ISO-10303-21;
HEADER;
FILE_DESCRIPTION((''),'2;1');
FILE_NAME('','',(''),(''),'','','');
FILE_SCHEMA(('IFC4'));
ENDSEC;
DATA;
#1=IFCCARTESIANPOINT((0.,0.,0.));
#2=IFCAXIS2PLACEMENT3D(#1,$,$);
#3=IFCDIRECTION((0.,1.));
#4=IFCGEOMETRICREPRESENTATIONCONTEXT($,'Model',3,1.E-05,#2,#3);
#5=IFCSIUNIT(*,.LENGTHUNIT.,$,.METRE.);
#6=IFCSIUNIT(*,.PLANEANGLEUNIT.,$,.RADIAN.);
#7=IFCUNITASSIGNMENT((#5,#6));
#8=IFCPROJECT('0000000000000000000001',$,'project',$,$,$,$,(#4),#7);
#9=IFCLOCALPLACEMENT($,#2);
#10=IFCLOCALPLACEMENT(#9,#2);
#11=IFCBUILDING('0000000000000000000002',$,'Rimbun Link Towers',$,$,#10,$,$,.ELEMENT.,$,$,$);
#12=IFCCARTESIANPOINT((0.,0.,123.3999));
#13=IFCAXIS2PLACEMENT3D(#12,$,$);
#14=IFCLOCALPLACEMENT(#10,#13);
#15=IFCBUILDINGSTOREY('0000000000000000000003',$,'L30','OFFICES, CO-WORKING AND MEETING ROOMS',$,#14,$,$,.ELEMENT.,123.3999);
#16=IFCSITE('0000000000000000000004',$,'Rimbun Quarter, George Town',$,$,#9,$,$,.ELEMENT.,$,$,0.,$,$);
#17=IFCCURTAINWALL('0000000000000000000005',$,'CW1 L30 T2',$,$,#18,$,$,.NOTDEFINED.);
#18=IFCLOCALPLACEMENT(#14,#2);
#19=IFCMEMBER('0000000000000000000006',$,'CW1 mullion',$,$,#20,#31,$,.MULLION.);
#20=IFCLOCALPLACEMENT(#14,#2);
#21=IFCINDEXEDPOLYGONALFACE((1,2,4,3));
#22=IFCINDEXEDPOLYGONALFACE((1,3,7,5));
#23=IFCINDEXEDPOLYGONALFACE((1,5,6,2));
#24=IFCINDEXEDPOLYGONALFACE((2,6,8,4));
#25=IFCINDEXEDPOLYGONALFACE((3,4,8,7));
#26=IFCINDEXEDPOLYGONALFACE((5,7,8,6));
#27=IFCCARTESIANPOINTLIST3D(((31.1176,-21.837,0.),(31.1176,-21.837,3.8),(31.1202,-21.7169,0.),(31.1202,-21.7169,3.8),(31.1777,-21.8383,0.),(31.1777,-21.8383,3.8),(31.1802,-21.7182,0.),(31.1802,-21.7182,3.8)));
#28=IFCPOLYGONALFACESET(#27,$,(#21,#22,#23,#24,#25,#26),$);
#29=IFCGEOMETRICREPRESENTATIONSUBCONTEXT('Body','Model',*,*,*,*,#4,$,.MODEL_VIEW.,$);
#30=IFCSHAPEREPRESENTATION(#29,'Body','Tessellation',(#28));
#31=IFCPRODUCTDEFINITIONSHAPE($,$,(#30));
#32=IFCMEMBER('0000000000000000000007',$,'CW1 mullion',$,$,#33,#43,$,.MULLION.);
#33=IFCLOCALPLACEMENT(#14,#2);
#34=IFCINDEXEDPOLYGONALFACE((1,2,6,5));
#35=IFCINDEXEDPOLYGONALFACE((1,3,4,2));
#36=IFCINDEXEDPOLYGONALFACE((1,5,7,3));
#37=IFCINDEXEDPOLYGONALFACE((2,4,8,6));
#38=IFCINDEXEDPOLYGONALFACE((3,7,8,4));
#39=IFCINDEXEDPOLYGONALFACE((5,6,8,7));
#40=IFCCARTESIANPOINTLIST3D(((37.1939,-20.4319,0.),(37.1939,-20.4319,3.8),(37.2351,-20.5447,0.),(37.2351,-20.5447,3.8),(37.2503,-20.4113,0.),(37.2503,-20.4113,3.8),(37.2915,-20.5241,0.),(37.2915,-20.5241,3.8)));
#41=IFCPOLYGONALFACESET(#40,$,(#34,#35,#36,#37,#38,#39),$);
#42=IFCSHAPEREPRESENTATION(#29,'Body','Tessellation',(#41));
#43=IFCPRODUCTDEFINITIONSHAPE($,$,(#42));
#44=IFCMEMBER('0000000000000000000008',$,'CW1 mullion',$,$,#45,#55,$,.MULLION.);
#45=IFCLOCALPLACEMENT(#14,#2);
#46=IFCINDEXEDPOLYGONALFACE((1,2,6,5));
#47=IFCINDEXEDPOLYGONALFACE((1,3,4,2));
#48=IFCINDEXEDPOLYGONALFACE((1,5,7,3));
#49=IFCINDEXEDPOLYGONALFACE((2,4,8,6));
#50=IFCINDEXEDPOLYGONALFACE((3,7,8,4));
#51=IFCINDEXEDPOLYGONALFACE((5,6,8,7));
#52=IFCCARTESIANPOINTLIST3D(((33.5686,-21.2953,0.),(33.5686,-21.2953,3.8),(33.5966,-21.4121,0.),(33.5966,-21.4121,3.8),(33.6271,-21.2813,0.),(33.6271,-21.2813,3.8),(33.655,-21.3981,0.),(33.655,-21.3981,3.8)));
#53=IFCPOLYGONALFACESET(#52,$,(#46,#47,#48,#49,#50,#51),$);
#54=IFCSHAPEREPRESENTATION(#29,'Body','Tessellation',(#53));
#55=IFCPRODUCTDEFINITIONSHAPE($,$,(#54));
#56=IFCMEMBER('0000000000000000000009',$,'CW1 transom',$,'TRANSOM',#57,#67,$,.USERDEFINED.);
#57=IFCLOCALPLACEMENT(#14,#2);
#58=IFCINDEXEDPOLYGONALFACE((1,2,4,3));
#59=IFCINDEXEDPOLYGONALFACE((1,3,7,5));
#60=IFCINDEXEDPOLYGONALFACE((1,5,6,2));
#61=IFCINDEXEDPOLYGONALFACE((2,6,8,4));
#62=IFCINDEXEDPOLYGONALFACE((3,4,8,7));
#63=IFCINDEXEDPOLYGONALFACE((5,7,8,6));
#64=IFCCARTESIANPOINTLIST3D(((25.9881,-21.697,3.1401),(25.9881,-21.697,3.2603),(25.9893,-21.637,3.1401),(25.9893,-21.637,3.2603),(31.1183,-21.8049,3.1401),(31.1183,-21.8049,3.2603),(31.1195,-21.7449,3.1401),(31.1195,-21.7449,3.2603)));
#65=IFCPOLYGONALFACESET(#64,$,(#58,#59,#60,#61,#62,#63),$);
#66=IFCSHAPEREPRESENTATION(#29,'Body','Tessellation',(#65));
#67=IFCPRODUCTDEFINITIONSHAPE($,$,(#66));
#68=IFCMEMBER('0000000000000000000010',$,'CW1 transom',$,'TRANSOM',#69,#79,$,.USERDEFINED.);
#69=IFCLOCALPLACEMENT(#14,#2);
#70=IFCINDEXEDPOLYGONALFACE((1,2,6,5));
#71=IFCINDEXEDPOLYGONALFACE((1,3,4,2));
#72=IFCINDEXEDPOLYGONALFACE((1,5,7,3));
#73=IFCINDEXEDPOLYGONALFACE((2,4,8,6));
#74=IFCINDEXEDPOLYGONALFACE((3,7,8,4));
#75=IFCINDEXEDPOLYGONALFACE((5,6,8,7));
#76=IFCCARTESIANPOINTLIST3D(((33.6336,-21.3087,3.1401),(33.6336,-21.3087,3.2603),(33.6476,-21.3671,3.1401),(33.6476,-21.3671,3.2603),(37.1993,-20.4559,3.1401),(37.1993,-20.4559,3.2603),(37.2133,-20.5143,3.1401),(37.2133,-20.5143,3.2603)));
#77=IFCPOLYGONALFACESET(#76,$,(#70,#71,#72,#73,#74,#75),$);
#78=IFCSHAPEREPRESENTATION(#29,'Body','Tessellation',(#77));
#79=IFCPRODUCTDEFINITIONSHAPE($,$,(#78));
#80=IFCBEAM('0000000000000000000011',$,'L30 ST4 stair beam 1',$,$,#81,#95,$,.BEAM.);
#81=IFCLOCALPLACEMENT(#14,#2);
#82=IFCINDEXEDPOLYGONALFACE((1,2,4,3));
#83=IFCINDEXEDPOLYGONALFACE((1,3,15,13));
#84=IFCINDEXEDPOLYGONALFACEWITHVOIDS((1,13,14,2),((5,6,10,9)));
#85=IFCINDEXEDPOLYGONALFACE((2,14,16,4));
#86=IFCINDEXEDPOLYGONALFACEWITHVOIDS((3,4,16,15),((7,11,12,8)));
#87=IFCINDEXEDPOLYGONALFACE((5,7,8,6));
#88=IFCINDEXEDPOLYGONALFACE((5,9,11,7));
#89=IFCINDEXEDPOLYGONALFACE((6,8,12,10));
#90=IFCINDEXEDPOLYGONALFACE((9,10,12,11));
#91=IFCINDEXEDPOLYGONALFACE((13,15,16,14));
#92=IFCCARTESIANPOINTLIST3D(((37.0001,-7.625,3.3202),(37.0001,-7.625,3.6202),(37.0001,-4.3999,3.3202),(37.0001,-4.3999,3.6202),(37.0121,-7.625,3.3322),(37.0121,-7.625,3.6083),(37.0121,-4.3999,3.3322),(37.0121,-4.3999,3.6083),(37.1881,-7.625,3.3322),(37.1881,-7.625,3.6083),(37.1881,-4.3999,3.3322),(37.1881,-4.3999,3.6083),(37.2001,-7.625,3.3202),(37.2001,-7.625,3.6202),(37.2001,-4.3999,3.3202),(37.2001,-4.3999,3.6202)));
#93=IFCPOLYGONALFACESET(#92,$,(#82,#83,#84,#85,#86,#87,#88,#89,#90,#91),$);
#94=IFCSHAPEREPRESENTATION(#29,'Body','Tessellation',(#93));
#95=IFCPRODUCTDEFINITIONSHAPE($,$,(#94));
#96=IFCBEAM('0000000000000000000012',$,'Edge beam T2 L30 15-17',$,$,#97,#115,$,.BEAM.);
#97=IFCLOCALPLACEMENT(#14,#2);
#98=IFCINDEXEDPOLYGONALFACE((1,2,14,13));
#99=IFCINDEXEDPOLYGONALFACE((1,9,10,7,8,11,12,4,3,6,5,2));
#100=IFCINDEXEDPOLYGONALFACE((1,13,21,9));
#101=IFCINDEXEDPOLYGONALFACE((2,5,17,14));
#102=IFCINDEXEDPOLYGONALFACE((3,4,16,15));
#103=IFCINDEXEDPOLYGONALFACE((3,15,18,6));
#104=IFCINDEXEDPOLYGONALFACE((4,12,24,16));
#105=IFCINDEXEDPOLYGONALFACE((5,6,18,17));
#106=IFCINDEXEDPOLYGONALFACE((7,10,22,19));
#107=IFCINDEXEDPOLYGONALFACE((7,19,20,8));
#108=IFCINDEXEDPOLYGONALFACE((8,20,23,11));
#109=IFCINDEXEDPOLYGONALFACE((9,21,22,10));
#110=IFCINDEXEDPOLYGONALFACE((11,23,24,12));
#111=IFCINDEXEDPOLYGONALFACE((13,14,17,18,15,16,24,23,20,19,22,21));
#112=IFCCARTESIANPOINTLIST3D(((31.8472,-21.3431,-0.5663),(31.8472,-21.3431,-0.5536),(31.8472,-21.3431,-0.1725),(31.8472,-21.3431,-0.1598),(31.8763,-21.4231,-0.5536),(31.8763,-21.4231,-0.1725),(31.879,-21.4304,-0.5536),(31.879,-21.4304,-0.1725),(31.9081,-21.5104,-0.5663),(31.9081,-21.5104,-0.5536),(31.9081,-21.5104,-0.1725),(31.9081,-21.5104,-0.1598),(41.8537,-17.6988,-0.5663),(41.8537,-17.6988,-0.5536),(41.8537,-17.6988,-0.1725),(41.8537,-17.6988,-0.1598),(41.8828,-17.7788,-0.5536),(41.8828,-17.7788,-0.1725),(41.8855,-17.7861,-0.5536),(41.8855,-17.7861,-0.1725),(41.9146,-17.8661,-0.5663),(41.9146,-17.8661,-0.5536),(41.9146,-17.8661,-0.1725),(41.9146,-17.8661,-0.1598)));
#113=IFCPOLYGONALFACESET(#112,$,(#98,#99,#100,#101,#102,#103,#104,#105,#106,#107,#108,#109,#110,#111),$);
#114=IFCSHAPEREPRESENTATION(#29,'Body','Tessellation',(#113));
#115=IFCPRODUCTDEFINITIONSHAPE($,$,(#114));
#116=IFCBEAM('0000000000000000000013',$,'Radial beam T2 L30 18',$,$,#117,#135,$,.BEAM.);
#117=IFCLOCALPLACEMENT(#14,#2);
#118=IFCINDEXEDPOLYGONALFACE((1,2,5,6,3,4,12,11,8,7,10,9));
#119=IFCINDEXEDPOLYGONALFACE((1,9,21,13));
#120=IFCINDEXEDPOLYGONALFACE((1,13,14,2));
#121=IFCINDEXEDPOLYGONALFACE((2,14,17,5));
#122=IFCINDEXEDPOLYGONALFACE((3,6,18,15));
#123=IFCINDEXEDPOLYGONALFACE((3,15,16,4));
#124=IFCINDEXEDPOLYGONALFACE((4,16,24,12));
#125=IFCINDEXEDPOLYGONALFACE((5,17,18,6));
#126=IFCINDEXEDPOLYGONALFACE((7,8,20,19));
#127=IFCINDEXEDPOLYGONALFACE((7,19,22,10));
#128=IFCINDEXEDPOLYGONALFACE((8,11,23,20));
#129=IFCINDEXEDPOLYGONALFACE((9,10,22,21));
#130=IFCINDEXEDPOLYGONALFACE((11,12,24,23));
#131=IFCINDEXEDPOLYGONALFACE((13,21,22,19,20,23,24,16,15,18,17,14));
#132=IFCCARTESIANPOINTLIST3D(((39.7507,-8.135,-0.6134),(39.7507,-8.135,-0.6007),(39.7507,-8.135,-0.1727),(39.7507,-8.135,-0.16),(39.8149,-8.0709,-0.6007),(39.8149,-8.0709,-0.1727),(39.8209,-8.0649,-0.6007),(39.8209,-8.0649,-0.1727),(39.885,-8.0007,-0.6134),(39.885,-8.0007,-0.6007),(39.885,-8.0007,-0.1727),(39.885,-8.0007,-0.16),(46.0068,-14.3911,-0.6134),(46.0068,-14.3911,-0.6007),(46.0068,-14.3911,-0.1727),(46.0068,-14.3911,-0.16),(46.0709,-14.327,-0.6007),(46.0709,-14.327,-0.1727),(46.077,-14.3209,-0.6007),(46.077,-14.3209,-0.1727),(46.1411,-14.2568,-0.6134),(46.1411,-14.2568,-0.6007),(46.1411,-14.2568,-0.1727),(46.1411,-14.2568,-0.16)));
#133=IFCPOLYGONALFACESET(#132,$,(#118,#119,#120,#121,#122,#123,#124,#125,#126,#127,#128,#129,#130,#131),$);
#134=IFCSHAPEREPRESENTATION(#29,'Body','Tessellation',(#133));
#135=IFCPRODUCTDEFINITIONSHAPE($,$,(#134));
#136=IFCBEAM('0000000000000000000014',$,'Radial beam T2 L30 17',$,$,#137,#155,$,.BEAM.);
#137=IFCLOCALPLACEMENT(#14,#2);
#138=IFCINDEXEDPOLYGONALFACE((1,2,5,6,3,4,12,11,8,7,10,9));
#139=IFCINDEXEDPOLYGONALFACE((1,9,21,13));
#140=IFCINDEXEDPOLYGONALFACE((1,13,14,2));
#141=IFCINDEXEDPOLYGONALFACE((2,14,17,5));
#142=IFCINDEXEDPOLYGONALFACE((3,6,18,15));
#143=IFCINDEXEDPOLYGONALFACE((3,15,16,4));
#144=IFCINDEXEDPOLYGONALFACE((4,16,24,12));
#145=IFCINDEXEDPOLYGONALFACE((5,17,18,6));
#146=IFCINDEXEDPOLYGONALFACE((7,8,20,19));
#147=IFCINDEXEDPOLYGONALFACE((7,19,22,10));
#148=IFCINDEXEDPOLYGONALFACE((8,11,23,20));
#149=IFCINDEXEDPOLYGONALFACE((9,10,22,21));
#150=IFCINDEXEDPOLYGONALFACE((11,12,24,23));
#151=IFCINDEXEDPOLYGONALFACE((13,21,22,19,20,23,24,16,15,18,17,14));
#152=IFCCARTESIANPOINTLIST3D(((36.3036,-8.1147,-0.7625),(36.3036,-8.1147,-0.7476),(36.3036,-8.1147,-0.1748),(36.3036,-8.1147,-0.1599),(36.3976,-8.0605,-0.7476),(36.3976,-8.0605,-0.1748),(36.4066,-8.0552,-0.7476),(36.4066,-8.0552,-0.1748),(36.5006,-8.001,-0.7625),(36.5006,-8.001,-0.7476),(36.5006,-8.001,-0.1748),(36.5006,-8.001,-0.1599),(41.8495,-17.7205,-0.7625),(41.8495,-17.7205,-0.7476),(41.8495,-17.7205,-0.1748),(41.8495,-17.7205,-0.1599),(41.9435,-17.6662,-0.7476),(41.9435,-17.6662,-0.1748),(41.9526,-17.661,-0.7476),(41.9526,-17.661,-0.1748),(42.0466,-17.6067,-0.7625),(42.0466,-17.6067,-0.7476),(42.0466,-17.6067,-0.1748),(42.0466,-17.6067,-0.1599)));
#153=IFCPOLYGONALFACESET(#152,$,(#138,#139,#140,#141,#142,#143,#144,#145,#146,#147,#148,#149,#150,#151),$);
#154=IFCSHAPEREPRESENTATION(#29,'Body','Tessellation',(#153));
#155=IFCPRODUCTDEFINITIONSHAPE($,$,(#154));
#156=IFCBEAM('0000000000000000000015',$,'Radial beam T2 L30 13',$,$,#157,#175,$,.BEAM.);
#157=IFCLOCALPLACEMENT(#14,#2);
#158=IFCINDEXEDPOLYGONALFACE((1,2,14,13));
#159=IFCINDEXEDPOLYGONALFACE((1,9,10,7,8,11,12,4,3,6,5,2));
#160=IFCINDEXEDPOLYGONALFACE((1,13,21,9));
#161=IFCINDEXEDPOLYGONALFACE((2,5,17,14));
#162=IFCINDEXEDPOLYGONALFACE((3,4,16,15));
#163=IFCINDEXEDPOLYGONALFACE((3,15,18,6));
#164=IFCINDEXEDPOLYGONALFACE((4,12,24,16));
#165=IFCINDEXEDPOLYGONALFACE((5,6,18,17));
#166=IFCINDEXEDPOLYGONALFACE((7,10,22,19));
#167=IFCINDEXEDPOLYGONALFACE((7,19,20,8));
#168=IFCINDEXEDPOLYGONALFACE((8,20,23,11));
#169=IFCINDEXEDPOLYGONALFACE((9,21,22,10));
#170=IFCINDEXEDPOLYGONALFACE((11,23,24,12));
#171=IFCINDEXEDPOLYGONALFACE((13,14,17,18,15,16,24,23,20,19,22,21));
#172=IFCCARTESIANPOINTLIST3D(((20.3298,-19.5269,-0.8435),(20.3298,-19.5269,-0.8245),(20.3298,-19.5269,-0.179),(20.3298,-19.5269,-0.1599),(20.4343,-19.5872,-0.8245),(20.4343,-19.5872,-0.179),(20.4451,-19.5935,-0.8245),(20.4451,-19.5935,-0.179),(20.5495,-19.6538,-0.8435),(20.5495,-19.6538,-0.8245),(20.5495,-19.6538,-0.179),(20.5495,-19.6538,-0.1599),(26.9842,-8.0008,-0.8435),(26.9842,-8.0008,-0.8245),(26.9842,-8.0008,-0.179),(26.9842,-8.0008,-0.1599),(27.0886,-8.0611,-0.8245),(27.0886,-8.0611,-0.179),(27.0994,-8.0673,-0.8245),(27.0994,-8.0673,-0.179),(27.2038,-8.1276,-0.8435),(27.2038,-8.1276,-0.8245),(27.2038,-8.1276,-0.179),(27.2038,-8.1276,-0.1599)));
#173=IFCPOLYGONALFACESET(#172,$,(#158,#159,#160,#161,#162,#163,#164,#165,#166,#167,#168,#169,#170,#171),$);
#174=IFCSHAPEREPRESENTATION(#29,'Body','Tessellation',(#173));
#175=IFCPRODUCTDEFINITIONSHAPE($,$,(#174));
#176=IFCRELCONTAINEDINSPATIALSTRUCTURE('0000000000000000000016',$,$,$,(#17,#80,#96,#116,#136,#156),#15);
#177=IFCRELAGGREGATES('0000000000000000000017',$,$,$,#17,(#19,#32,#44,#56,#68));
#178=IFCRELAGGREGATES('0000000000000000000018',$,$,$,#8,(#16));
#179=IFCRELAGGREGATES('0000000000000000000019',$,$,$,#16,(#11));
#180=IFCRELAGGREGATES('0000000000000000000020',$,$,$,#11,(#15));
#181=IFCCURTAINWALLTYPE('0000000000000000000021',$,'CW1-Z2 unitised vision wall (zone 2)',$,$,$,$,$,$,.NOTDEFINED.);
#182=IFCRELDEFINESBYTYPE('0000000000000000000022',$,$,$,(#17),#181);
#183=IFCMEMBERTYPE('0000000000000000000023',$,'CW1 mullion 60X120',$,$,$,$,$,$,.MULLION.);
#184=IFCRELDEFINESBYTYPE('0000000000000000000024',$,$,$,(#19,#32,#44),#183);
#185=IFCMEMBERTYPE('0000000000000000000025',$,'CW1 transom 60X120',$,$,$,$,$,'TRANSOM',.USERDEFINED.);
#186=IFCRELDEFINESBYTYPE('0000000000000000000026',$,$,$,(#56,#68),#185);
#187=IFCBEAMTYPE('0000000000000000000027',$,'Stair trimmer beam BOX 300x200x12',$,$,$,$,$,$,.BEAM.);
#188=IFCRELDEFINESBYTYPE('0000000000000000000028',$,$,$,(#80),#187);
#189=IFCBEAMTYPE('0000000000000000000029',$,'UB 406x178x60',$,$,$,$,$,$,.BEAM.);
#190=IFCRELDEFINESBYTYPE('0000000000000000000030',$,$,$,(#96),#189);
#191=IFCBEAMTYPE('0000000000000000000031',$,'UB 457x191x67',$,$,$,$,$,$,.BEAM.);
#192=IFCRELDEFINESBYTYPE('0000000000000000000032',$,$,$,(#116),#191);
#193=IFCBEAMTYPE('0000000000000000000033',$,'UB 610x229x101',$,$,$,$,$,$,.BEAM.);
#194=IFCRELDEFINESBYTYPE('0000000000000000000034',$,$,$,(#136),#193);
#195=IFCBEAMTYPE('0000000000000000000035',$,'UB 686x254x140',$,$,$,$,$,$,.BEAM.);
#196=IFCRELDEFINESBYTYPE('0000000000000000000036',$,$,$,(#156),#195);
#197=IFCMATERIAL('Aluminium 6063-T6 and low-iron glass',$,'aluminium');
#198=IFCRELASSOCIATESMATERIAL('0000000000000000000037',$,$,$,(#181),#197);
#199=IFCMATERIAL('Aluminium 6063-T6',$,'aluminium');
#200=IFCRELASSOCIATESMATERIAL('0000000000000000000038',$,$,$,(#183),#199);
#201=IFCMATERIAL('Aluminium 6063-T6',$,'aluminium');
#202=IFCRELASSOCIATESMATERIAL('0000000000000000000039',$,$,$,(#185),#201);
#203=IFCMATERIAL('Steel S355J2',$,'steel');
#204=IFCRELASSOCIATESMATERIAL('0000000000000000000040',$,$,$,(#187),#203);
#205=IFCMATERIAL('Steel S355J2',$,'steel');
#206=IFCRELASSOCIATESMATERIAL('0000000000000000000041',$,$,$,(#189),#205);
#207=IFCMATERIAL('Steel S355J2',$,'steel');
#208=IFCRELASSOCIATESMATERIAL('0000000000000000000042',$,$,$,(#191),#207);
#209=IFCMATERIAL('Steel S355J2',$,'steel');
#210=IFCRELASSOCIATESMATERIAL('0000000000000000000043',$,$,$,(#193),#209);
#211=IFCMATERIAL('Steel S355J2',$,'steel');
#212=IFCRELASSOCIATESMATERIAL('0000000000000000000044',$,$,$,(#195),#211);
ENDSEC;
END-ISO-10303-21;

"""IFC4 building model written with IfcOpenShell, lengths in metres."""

from ifc_helpers import new_model, si_unit, direction, frame, origin, origin_2d, place, context, subcontext, project, spatial, rectangle, hollow_rectangle, i_section, extrude, material, material_profile, profile_set, type_object, element, aggregate, save


model = new_model("IFC4")

# Units and contexts
model_context = context("Model", 3, precision=1e-05, world=origin(), true_north=direction((0.0, 1.0)))
body_context = subcontext(model_context, "Body", "Model", "MODEL_VIEW")
ifc_project = project(units=[si_unit("LENGTHUNIT", "METRE"), si_unit("PLANEANGLEUNIT", "RADIAN")], contexts=[model_context])

# Site, building, storey
site_placement = place(None, origin())
site = spatial("IfcSite", under=ifc_project, at=site_placement, Name="Rimbun Quarter, George Town", CompositionType="ELEMENT", RefElevation=0.0)
building_placement = place(site_placement, origin())
building = spatial("IfcBuilding", under=site, at=building_placement, Name="Rimbun Link Towers", CompositionType="ELEMENT")
storey_placement = place(building_placement, frame((0.0, 0.0, 123.3999)))
storey = spatial("IfcBuildingStorey", under=building, at=storey_placement, Name="L30", Description="OFFICES, CO-WORKING AND MEETING ROOMS", CompositionType="ELEMENT", Elevation=123.3999)

# Curtain wall, members
ifc_material_1 = material(Name="Aluminium 6063-T6 and low-iron glass", Category="aluminium")
curtain_wall_type = type_object("IfcCurtainWallType", Name="CW1-Z2 unitised vision wall (zone 2)", PredefinedType="NOTDEFINED", material=ifc_material_1)
curtain_wall_placement = place(storey_placement, origin())
curtain_wall = element("IfcCurtainWall", 1, at=curtain_wall_placement, inside=storey, type_object=curtain_wall_type, Name="CW1 L30 T2", PredefinedType="NOTDEFINED")
ifc_material_2 = material(Name="Aluminium 6063-T6", Category="aluminium")
ifc_material_profile_1 = material_profile(ifc_material_2, rectangle(XDim=0.1201, YDim=0.0601, at=origin_2d()), Name="MULLION 60X120")
ifc_profile_set_1 = profile_set([ifc_material_profile_1], Name="Aluminium 6063-T6")
member_type_1 = type_object("IfcMemberType", Name="CW1 mullion 60X120", PredefinedType="MULLION", material=ifc_profile_set_1)
member_1_placement = place(storey_placement, frame((31.1489, -21.7776, 0.0), z_axis=(0.0, 0.0, 1.0), x_axis=(-0.021066, -0.999778, 0.0)))
member_1 = element("IfcMember", 2, at=member_1_placement, type_object=member_type_1, Name="CW1 mullion", PredefinedType="MULLION", context=body_context, shape_type="SweptSolid", body=[
    extrude(rectangle(XDim=0.1201, YDim=0.0601, at=origin_2d()), origin(), (0.0, 0.0, 1.0), 3.8),
])
member_2_placement = place(storey_placement, frame((37.2427, -20.478, 0.0), z_axis=(0.0, 0.0, 1.0), x_axis=(0.342975, -0.939345, 0.0)))
member_2 = element("IfcMember", 3, at=member_2_placement, type_object=member_type_1, Name="CW1 mullion", PredefinedType="MULLION", context=body_context, shape_type="SweptSolid", body=[
    extrude(rectangle(XDim=0.1201, YDim=0.0601, at=origin_2d()), origin(), (0.0, 0.0, 1.0), 3.8),
])
member_3_placement = place(storey_placement, frame((33.6118, -21.3467, 0.0), z_axis=(0.0, 0.0, 1.0), x_axis=(0.232603, -0.972572, 0.0)))
member_3 = element("IfcMember", 4, at=member_3_placement, type_object=member_type_1, Name="CW1 mullion", PredefinedType="MULLION", context=body_context, shape_type="SweptSolid", body=[
    extrude(rectangle(XDim=0.1201, YDim=0.0601, at=origin_2d()), origin(), (0.0, 0.0, 1.0), 3.8),
])
ifc_material_3 = material(Name="Aluminium 6063-T6", Category="aluminium")
ifc_material_profile_2 = material_profile(ifc_material_3, rectangle(XDim=0.0601, YDim=0.1201, at=origin_2d()), Name="TRANSOM 60X120")
ifc_profile_set_2 = profile_set([ifc_material_profile_2], Name="Aluminium 6063-T6")
member_type_2 = type_object("IfcMemberType", Name="CW1 transom 60X120", ElementType="TRANSOM", PredefinedType="USERDEFINED", material=ifc_profile_set_2)
member_4_placement = place(storey_placement, frame((31.1189, -21.7749, 3.2002), z_axis=(-0.999779, 0.02103, 0.0), x_axis=(-0.02103, -0.999779, 0.0)))
member_4 = element("IfcMember", 5, at=member_4_placement, type_object=member_type_2, Name="CW1 transom", ObjectType="TRANSOM", PredefinedType="USERDEFINED", context=body_context, shape_type="SweptSolid", body=[
    extrude(rectangle(XDim=0.0601, YDim=0.1201, at=origin_2d()), origin(), (0.0, 0.0, 1.0), 5.1313),
])
member_5_placement = place(storey_placement, frame((37.2063, -20.4851, 3.2002), z_axis=(-0.972571, -0.232605, 0.0), x_axis=(0.232605, -0.972571, 0.0)))
member_5 = element("IfcMember", 6, at=member_5_placement, type_object=member_type_2, Name="CW1 transom", ObjectType="TRANSOM", PredefinedType="USERDEFINED", context=body_context, shape_type="SweptSolid", body=[
    extrude(rectangle(XDim=0.0601, YDim=0.1201, at=origin_2d()), origin(), (0.0, 0.0, 1.0), 3.6663),
])

# Beams
ifc_material_4 = material(Name="Steel S355J2", Category="steel")
ifc_material_profile_3 = material_profile(ifc_material_4, hollow_rectangle(XDim=0.2, YDim=0.3, WallThickness=0.012, at=origin_2d()), Name="BOX 300x200x12")
ifc_profile_set_3 = profile_set([ifc_material_profile_3], Name="Steel S355J2")
beam_type_1 = type_object("IfcBeamType", Name="Stair trimmer beam BOX 300x200x12", PredefinedType="BEAM", material=ifc_profile_set_3)
beam_1_placement = place(storey_placement, frame((37.1001, -7.625, 3.4702), z_axis=(0.0, 1.0, 0.0), x_axis=(-1.0, 0.0, 0.0)))
element("IfcBeam", 7, at=beam_1_placement, inside=storey, type_object=beam_type_1, Name="L30 ST4 stair beam 1", PredefinedType="BEAM", context=body_context, shape_type="SweptSolid", body=[
    extrude(hollow_rectangle(XDim=0.2, YDim=0.3, WallThickness=0.012, at=origin_2d()), origin(), (0.0, 0.0, 1.0), 3.2251),
])
ifc_material_5 = material(Name="Steel S355J2", Category="steel")
ifc_material_profile_4 = material_profile(ifc_material_5, i_section(OverallWidth=0.178, OverallDepth=0.4065, WebThickness=0.0078, FlangeThickness=0.0127, at=origin_2d()), Name="UB 406x178x60")
ifc_profile_set_4 = profile_set([ifc_material_profile_4], Name="Steel S355J2")
beam_type_2 = type_object("IfcBeamType", Name="UB 406x178x60", PredefinedType="BEAM", material=ifc_profile_set_4)
beam_2_placement = place(storey_placement, frame((31.8777, -21.4268, -0.363), z_axis=(0.939624, 0.342209, 0.0), x_axis=(-0.342209, 0.939624, 0.0)))
element("IfcBeam", 8, at=beam_2_placement, inside=storey, type_object=beam_type_2, Name="Edge beam T2 L30 15-17", PredefinedType="BEAM", context=body_context, shape_type="SweptSolid", body=[
    extrude(i_section(OverallWidth=0.178, OverallDepth=0.4065, WebThickness=0.0078, FlangeThickness=0.0127, at=origin_2d()), origin(), (0.0, 0.0, 1.0), 10.6494),
])
ifc_material_6 = material(Name="Steel S355J2", Category="steel")
ifc_material_profile_5 = material_profile(ifc_material_6, i_section(OverallWidth=0.1899, OverallDepth=0.4534, WebThickness=0.0085, FlangeThickness=0.0127, at=origin_2d()), Name="UB 457x191x67")
ifc_profile_set_5 = profile_set([ifc_material_profile_5], Name="Steel S355J2")
beam_type_3 = type_object("IfcBeamType", Name="UB 457x191x67", PredefinedType="BEAM", material=ifc_profile_set_5)
beam_3_placement = place(storey_placement, frame((39.8179, -8.0679, -0.3867), z_axis=(0.707107, -0.707107, 0.0), x_axis=(0.707107, 0.707107, 0.0)))
element("IfcBeam", 9, at=beam_3_placement, inside=storey, type_object=beam_type_3, Name="Radial beam T2 L30 18", PredefinedType="BEAM", context=body_context, shape_type="SweptSolid", body=[
    extrude(i_section(OverallWidth=0.1899, OverallDepth=0.4534, WebThickness=0.0085, FlangeThickness=0.0127, at=origin_2d()), origin(), (0.0, 0.0, 1.0), 8.8474),
])
ifc_material_7 = material(Name="Steel S355J2", Category="steel")
ifc_material_profile_6 = material_profile(ifc_material_7, i_section(OverallWidth=0.2275, OverallDepth=0.6025, WebThickness=0.0105, FlangeThickness=0.0149, at=origin_2d()), Name="UB 610x229x101")
ifc_profile_set_6 = profile_set([ifc_material_profile_6], Name="Steel S355J2")
beam_type_4 = type_object("IfcBeamType", Name="UB 610x229x101", PredefinedType="BEAM", material=ifc_profile_set_6)
beam_4_placement = place(storey_placement, frame((36.4021, -8.0579, -0.4612), z_axis=(0.500003, -0.866024, 0.0), x_axis=(0.866024, 0.500003, 0.0)))
element("IfcBeam", 10, at=beam_4_placement, inside=storey, type_object=beam_type_4, Name="Radial beam T2 L30 17", PredefinedType="BEAM", context=body_context, shape_type="SweptSolid", body=[
    extrude(i_section(OverallWidth=0.2275, OverallDepth=0.6025, WebThickness=0.0105, FlangeThickness=0.0149, at=origin_2d()), origin(), (0.0, 0.0, 1.0), 11.0918),
])
ifc_material_8 = material(Name="Steel S355J2", Category="steel")
ifc_material_profile_7 = material_profile(ifc_material_8, i_section(OverallWidth=0.2537, OverallDepth=0.6836, WebThickness=0.0125, FlangeThickness=0.019, at=origin_2d()), Name="UB 686x254x140")
ifc_profile_set_7 = profile_set([ifc_material_profile_7], Name="Steel S355J2")
beam_type_5 = type_object("IfcBeamType", Name="UB 686x254x140", PredefinedType="BEAM", material=ifc_profile_set_7)
beam_5_placement = place(storey_placement, frame((27.094, -8.0642, -0.5017), z_axis=(-0.499982, -0.866036, 0.0), x_axis=(0.866036, -0.499982, 0.0)))
element("IfcBeam", 11, at=beam_5_placement, inside=storey, type_object=beam_type_5, Name="Radial beam T2 L30 13", PredefinedType="BEAM", context=body_context, shape_type="SweptSolid", body=[
    extrude(i_section(OverallWidth=0.2537, OverallDepth=0.6836, WebThickness=0.0125, FlangeThickness=0.019, at=origin_2d()), origin(), (0.0, 0.0, 1.0), 13.3091),
])

aggregate(curtain_wall, [member_1, member_2, member_3, member_4, member_5])

save(model, "model.ifc")
